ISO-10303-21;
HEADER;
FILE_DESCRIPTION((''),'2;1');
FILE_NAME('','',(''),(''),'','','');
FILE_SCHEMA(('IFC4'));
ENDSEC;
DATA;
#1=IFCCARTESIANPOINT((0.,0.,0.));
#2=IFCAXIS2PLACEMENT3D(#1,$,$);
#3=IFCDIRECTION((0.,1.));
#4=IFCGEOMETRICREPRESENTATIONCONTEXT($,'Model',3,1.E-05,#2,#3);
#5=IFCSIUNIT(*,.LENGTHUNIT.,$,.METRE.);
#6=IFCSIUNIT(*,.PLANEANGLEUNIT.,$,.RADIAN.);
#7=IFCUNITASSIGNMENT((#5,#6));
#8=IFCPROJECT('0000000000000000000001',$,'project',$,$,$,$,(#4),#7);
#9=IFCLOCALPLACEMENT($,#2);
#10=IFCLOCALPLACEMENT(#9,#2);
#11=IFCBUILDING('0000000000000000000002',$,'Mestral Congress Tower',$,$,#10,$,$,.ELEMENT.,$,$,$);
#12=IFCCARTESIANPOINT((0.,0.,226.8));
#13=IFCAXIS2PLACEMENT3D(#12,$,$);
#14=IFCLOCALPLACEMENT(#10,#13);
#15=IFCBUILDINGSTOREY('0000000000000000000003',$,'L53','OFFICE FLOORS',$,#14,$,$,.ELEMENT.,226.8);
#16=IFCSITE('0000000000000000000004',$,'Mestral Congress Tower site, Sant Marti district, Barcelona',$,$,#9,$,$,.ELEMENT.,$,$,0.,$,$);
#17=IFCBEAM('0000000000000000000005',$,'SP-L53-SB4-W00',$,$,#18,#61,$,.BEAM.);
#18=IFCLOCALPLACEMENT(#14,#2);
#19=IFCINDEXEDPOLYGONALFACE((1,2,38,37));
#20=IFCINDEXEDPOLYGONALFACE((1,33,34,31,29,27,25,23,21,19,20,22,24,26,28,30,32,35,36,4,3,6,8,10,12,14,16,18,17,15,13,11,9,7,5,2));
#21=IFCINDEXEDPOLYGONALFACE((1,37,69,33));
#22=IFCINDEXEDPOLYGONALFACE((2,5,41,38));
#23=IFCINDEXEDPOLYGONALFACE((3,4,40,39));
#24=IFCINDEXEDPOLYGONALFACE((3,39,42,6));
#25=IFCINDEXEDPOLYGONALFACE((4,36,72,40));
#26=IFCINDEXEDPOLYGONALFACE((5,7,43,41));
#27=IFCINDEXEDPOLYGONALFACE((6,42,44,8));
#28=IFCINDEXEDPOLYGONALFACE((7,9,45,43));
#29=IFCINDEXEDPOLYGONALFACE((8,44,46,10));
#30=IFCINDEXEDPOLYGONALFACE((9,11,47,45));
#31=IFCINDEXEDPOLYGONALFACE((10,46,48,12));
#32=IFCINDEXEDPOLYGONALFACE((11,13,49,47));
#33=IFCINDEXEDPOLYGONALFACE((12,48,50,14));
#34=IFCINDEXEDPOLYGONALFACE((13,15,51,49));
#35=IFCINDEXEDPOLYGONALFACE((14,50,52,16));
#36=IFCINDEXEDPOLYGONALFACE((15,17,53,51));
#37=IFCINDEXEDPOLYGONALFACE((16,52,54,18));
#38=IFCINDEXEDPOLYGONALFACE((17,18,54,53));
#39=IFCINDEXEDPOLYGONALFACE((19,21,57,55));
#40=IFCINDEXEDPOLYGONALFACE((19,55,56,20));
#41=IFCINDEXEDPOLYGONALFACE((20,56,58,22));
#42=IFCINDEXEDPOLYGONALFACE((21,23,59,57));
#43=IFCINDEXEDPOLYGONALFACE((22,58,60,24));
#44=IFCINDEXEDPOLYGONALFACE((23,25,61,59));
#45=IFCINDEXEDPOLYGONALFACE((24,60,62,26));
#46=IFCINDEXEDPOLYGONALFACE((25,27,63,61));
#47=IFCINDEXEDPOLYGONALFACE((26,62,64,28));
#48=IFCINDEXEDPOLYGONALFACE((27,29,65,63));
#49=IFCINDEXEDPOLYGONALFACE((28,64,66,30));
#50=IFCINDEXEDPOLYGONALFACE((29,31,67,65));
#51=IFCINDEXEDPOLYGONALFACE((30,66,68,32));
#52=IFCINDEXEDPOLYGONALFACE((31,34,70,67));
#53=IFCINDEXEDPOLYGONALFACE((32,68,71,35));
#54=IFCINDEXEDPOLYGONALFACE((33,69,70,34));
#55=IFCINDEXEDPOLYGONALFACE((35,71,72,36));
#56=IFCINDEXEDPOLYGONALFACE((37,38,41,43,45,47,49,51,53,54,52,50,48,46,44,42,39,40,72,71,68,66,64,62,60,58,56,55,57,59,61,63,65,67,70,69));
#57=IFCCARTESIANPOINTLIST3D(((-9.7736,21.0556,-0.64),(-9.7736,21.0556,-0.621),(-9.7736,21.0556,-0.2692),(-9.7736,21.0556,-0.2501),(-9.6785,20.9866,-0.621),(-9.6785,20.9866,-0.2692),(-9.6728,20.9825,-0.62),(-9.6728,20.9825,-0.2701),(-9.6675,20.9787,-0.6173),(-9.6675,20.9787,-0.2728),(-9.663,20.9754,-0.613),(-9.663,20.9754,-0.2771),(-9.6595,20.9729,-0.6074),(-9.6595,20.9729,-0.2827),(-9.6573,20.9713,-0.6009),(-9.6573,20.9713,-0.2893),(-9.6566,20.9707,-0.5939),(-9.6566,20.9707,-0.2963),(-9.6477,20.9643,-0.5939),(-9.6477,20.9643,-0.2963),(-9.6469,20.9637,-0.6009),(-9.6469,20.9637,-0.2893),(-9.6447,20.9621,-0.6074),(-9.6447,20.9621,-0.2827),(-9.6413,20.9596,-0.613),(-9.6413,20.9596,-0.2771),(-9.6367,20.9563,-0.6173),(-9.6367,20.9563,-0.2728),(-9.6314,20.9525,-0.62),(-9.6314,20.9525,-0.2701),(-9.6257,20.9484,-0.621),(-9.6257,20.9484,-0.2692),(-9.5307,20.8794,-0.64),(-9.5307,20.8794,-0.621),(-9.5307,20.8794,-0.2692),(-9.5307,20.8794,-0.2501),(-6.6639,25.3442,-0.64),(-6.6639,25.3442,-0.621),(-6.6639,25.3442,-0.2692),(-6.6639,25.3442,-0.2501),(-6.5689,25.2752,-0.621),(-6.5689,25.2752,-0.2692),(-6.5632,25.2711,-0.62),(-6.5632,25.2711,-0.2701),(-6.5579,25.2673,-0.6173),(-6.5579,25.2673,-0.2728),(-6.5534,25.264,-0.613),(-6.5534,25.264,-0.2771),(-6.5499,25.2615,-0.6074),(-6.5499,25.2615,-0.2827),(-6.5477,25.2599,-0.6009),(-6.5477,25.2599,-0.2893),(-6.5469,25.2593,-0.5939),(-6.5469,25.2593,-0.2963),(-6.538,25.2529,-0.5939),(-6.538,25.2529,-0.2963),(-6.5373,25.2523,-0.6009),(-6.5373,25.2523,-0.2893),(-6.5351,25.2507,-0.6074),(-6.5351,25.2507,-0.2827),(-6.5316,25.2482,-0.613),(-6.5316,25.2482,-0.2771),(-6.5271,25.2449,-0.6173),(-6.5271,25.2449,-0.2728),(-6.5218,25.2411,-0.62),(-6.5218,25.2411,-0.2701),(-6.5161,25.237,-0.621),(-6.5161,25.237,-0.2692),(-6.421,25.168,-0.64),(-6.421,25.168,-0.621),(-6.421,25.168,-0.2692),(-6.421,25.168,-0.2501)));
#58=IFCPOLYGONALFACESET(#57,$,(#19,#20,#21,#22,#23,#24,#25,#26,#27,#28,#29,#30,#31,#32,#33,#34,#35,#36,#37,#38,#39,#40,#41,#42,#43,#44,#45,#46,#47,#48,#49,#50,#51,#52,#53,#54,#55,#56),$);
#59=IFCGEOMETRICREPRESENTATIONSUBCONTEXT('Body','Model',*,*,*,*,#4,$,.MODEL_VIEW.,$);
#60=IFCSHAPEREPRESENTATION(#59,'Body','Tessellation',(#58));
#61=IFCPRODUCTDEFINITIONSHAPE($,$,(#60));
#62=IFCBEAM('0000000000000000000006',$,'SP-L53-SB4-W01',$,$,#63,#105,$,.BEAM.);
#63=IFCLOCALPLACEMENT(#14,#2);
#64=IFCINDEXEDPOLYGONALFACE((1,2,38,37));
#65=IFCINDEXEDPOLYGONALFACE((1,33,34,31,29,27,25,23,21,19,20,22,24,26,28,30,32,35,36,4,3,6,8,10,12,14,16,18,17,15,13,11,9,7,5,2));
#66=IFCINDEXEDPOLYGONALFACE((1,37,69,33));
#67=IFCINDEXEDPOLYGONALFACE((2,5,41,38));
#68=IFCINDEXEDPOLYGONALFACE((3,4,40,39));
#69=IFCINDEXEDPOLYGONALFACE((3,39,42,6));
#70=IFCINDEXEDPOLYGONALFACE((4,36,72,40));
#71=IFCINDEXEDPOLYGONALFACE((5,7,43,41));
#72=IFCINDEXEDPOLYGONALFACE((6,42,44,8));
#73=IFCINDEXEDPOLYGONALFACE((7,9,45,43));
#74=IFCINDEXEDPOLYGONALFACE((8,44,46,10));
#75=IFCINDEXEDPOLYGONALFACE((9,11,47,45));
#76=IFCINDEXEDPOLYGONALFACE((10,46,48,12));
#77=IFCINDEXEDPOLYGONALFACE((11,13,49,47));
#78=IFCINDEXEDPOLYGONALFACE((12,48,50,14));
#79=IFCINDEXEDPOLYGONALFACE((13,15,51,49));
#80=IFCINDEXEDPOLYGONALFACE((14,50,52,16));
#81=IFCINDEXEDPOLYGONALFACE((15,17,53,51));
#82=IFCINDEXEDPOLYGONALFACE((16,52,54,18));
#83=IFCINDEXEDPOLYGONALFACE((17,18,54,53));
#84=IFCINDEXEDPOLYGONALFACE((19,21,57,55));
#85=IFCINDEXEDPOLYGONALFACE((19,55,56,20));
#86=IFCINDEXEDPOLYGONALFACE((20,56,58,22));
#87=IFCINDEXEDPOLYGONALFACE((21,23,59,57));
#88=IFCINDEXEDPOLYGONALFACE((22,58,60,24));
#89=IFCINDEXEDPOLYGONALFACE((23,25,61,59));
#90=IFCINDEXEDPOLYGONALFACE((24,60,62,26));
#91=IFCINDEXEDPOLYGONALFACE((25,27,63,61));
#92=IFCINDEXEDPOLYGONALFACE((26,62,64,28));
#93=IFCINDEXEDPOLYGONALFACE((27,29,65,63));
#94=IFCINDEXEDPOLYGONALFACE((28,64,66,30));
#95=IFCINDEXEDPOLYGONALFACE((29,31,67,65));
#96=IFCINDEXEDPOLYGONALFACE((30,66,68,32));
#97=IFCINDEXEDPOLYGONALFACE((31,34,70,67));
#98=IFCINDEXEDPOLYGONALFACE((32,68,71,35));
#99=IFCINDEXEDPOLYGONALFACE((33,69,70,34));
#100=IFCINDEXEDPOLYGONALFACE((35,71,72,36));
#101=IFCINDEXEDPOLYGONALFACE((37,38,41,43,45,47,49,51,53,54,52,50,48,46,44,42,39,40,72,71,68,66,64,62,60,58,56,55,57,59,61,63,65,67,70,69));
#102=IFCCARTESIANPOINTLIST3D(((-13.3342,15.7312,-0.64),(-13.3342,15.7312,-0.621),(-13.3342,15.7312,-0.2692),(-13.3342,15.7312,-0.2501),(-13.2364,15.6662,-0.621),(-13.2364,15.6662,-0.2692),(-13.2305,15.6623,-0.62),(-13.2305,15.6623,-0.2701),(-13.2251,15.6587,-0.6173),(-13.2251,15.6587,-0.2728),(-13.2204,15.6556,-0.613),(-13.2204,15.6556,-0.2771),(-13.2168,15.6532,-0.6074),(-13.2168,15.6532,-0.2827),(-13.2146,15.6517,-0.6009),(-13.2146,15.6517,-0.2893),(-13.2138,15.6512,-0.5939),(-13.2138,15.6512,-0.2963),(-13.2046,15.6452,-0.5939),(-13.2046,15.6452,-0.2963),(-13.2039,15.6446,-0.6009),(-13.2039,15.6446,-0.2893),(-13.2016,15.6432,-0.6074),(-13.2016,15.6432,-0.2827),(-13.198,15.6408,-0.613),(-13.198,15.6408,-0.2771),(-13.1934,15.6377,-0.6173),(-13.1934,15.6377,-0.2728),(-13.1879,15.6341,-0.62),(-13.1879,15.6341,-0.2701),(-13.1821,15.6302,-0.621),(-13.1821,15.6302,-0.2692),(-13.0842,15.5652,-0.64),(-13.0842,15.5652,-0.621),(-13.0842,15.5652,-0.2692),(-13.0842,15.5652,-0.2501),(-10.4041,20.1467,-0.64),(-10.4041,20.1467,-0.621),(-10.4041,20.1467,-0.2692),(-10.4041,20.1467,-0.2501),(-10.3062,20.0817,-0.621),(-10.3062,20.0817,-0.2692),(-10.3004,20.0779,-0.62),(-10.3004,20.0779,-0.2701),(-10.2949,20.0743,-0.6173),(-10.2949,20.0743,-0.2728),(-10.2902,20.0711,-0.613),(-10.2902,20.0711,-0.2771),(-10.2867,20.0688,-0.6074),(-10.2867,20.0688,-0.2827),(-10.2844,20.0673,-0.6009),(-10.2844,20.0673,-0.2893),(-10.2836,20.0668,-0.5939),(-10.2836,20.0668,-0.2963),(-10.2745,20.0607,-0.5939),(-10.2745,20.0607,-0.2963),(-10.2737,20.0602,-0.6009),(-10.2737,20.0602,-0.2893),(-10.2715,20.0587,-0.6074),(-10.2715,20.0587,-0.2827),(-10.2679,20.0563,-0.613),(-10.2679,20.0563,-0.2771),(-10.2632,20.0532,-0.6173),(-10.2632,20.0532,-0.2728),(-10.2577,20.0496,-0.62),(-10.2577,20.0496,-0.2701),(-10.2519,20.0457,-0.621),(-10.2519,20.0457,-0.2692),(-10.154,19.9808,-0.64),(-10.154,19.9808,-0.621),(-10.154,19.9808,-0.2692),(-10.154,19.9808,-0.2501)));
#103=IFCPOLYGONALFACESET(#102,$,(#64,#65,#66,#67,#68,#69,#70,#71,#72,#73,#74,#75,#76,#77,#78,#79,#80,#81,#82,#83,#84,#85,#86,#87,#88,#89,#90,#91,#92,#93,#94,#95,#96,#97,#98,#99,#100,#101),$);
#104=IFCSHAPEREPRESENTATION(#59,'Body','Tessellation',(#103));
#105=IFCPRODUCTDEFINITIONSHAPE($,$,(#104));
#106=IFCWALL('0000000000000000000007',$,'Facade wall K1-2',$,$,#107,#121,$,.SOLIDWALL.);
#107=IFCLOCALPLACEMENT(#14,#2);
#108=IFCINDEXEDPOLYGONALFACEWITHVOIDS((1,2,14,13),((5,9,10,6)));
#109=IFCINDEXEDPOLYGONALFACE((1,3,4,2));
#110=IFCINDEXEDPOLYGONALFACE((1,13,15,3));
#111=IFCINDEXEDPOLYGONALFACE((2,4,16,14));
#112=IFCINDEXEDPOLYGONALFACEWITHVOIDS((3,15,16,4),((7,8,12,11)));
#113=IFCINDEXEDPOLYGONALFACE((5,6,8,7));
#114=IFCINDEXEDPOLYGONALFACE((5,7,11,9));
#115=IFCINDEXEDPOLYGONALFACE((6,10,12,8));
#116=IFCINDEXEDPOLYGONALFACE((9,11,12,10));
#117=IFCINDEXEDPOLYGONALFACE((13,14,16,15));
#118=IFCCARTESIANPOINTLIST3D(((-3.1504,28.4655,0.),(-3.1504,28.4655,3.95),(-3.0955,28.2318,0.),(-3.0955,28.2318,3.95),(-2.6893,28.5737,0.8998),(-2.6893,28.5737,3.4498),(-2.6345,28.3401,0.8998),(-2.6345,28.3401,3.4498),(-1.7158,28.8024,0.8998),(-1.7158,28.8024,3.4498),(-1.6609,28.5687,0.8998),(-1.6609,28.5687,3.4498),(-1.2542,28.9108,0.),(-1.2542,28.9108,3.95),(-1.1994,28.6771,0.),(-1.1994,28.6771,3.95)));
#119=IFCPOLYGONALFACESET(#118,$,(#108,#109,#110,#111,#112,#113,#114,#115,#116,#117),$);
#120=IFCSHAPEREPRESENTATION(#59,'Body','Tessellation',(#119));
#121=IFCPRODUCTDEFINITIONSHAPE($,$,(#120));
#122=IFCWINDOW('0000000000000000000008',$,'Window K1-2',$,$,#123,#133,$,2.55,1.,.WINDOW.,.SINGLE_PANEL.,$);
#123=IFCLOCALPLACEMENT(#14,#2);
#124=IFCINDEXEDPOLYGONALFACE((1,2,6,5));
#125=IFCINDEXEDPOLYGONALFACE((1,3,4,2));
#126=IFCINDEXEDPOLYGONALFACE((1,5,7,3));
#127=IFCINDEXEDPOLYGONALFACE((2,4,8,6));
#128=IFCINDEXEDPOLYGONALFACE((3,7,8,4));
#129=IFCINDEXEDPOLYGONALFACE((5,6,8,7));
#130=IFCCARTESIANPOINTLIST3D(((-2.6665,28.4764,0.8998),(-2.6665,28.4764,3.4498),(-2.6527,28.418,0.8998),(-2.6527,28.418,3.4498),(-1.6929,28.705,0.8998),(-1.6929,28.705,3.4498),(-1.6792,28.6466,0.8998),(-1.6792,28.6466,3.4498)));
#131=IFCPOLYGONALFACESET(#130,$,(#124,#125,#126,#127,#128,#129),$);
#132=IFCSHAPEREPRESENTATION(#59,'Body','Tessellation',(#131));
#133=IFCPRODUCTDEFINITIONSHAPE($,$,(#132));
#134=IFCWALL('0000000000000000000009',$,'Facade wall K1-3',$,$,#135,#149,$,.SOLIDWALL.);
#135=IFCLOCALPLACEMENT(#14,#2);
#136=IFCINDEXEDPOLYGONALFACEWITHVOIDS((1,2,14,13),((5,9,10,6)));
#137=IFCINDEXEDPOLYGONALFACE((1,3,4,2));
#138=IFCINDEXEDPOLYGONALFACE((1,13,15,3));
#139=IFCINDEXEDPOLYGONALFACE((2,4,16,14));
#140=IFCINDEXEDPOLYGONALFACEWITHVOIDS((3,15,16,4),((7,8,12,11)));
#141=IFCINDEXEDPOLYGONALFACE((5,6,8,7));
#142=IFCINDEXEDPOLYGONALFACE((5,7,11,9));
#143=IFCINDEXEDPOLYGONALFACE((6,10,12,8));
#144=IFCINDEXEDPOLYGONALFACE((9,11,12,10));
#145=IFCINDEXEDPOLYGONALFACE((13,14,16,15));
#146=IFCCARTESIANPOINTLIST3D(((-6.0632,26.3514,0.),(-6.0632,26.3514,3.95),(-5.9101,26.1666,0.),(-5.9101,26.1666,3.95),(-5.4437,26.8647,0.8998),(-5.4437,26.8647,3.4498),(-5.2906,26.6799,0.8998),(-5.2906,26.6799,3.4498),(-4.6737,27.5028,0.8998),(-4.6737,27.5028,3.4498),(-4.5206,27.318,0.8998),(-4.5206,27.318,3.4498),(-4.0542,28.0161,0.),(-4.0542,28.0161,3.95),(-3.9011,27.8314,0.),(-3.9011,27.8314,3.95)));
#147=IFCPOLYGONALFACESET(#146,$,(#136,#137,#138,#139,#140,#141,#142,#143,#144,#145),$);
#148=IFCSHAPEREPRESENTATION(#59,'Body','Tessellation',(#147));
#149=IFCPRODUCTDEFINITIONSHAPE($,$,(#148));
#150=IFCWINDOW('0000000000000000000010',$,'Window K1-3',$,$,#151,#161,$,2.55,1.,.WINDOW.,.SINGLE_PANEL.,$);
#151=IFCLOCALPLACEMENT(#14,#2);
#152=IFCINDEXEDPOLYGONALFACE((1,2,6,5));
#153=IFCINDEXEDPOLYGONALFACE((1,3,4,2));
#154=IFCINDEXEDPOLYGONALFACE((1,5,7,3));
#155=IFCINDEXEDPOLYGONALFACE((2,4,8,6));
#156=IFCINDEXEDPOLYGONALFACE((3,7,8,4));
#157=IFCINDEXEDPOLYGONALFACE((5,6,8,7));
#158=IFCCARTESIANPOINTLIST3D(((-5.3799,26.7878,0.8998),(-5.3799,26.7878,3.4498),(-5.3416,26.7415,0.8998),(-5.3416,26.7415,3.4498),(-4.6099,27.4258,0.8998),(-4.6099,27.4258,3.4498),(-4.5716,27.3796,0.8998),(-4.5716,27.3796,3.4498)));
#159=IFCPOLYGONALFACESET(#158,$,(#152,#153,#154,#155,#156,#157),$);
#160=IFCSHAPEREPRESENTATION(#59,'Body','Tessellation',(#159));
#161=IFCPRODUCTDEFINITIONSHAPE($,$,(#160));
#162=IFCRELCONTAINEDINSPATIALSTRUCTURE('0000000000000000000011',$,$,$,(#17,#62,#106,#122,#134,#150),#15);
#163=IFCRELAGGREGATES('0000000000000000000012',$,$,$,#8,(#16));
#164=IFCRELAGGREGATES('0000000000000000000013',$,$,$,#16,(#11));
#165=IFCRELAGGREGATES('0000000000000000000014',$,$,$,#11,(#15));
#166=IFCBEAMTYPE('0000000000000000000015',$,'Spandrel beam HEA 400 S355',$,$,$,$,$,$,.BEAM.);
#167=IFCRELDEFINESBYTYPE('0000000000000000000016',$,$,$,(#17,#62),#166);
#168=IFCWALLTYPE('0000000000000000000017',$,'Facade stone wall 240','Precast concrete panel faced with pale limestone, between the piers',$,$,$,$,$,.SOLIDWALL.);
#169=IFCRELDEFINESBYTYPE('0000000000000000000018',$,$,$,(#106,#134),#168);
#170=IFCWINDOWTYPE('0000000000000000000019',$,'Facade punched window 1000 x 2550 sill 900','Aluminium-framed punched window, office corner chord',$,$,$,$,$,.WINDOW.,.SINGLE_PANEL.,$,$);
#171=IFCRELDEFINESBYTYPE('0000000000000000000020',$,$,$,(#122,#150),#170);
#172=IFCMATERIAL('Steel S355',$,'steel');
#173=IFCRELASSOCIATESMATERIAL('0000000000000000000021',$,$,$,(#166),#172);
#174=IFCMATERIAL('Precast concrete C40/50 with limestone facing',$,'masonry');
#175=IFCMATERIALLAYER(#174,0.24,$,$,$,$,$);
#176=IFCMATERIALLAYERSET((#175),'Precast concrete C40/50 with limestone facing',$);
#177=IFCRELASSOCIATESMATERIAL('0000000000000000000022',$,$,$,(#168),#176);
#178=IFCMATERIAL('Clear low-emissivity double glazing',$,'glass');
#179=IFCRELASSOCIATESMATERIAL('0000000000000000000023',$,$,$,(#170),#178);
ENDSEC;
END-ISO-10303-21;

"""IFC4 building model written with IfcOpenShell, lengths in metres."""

from ifc_helpers import new_model, si_unit, direction, frame, frame_2d, origin, origin_2d, place, context, subcontext, project, spatial, rectangle, i_section, extrude, material, layer, layer_set, material_profile, profile_set, type_object, element, fill, save


model = new_model("IFC4")

# Units and contexts
model_context = context("Model", 3, precision=1e-05, world=origin(), true_north=direction((0.0, 1.0)))
body_context = subcontext(model_context, "Body", "Model", "MODEL_VIEW")
ifc_project = project(units=[si_unit("LENGTHUNIT", "METRE"), si_unit("PLANEANGLEUNIT", "RADIAN")], contexts=[model_context])

# Site, building, storey
site_placement = place(None, origin())
site = spatial("IfcSite", under=ifc_project, at=site_placement, Name="Mestral Congress Tower site, Sant Marti district, Barcelona", CompositionType="ELEMENT", RefElevation=0.0)
building_placement = place(site_placement, origin())
building = spatial("IfcBuilding", under=site, at=building_placement, Name="Mestral Congress Tower", CompositionType="ELEMENT")
storey_placement = place(building_placement, frame((0.0, 0.0, 226.8)))
storey = spatial("IfcBuildingStorey", under=building, at=storey_placement, Name="L53", Description="OFFICE FLOORS", CompositionType="ELEMENT", Elevation=226.8)

# Beams
ifc_material_1 = material(Name="Steel S355", Category="steel")
ifc_material_profile_1 = material_profile(ifc_material_1, i_section(OverallWidth=0.3, OverallDepth=0.3899, WebThickness=0.011, FlangeThickness=0.019, FilletRadius=0.0271, at=origin_2d()), Name="HEA 400")
ifc_profile_set_1 = profile_set([ifc_material_profile_1], Name="Steel S355")
beam_type_1 = type_object("IfcBeamType", Name="Spandrel beam HEA 400 S355", PredefinedType="BEAM", material=ifc_profile_set_1)
beam_1_placement = place(storey_placement, frame((-6.5425, 25.2561, -0.4451), z_axis=(-0.587017, -0.809574, 0.0), x_axis=(0.809574, -0.587017, 0.0)))
element("IfcBeam", 1, at=beam_1_placement, inside=storey, type_object=beam_type_1, Name="SP-L53-SB4-W00", PredefinedType="BEAM", context=body_context, shape_type="SweptSolid", body=[
    extrude(i_section(OverallWidth=0.3, OverallDepth=0.3899, WebThickness=0.011, FlangeThickness=0.019, FilletRadius=0.0271, at=origin_2d()), origin(), (0.0, 0.0, 1.0), 5.2974),
])
beam_2_placement = place(storey_placement, frame((-10.2791, 20.0637, -0.4451), z_axis=(-0.552934, -0.833225, 0.0), x_axis=(0.833225, -0.552934, 0.0)))
element("IfcBeam", 2, at=beam_2_placement, inside=storey, type_object=beam_type_1, Name="SP-L53-SB4-W01", PredefinedType="BEAM", context=body_context, shape_type="SweptSolid", body=[
    extrude(i_section(OverallWidth=0.3, OverallDepth=0.3899, WebThickness=0.011, FlangeThickness=0.019, FilletRadius=0.0271, at=origin_2d()), origin(), (0.0, 0.0, 1.0), 5.2993),
])

# Walls, openings, windows
ifc_material_2 = material(Name="Precast concrete C40/50 with limestone facing", Category="masonry")
ifc_layer_1 = layer(ifc_material_2, 0.24)
ifc_layer_set_1 = layer_set([ifc_layer_1], Name="Precast concrete C40/50 with limestone facing")
wall_type_1 = type_object("IfcWallType", Name="Facade stone wall 240", Description="Precast concrete panel faced with pale limestone, between the piers", PredefinedType="SOLIDWALL", material=ifc_layer_set_1)
wall_1_placement = place(storey_placement, frame((-1.2268, 28.7939, 0.0), z_axis=(0.0, 0.0, 1.0), x_axis=(-0.973516, -0.22862, 0.0)))
wall_1 = element("IfcWall", 3, at=wall_1_placement, inside=storey, type_object=wall_type_1, Name="Facade wall K1-2", PredefinedType="SOLIDWALL", context=body_context, shape_type="SweptSolid", body=[
    extrude(rectangle(XDim=1.9478, YDim=0.24, at=frame_2d((0.9739, 0.0))), origin(), (0.0, 0.0, 1.0), 3.95),
])
opening_1_placement = place(wall_1_placement, frame((0.4741, 0.0, 0.8999)))
opening_1 = element("IfcOpeningElement", 4, at=opening_1_placement, cuts=wall_1, PredefinedType="OPENING", context=body_context, shape_type="SweptSolid", body=[
    extrude(rectangle(XDim=1.0, YDim=2.55, at=frame_2d((0.5, 1.2749))), frame((0.0, 0.1299, 0.0), z_axis=(0.0, -1.0, 0.0), x_axis=(1.0, 0.0, 0.0)), (0.0, 0.0, 1.0), 0.26),
])
ifc_material_3 = material(Name="Clear low-emissivity double glazing", Category="glass")
window_type_1 = type_object("IfcWindowType", Name="Facade punched window 1000 x 2550 sill 900", Description="Aluminium-framed punched window, office corner chord", PartitioningType="SINGLE_PANEL", PredefinedType="WINDOW", material=ifc_material_3)
window_1_placement = place(opening_1_placement, origin())
window_1 = element("IfcWindow", 5, at=window_1_placement, inside=storey, type_object=window_type_1, Name="Window K1-2", OverallHeight=2.55, OverallWidth=1.0, PartitioningType="SINGLE_PANEL", PredefinedType="WINDOW", context=body_context, shape_type="SweptSolid", body=[
    extrude(rectangle(XDim=1.0, YDim=2.55, at=frame_2d((0.5, 1.2749))), frame((0.0, 0.04, 0.0), z_axis=(0.0, -1.0, 0.0), x_axis=(1.0, 0.0, 0.0)), (0.0, 0.0, 1.0), 0.0601),
])
fill(opening_1, window_1)
wall_2_placement = place(storey_placement, frame((-3.9775, 27.9238, 0.0), z_axis=(0.0, 0.0, 1.0), x_axis=(-0.76999, -0.638056, 0.0)))
wall_2 = element("IfcWall", 6, at=wall_2_placement, inside=storey, type_object=wall_type_1, Name="Facade wall K1-3", PredefinedType="SOLIDWALL", context=body_context, shape_type="SweptSolid", body=[
    extrude(rectangle(XDim=2.6091, YDim=0.24, at=frame_2d((1.3047, 0.0))), origin(), (0.0, 0.0, 1.0), 3.95),
])
opening_2_placement = place(wall_2_placement, frame((0.8047, 0.0, 0.8999)))
opening_2 = element("IfcOpeningElement", 7, at=opening_2_placement, cuts=wall_2, PredefinedType="OPENING", context=body_context, shape_type="SweptSolid", body=[
    extrude(rectangle(XDim=1.0, YDim=2.55, at=frame_2d((0.5, 1.2749))), frame((0.0, 0.1299, 0.0), z_axis=(0.0, -1.0, 0.0), x_axis=(1.0, 0.0, 0.0)), (0.0, 0.0, 1.0), 0.26),
])
window_2_placement = place(opening_2_placement, origin())
window_2 = element("IfcWindow", 8, at=window_2_placement, inside=storey, type_object=window_type_1, Name="Window K1-3", OverallHeight=2.55, OverallWidth=1.0, PartitioningType="SINGLE_PANEL", PredefinedType="WINDOW", context=body_context, shape_type="SweptSolid", body=[
    extrude(rectangle(XDim=1.0, YDim=2.55, at=frame_2d((0.5, 1.2749))), frame((0.0, 0.04, 0.0), z_axis=(0.0, -1.0, 0.0), x_axis=(1.0, 0.0, 0.0)), (0.0, 0.0, 1.0), 0.0601),
])
fill(opening_2, window_2)

save(model, "model.ifc")
